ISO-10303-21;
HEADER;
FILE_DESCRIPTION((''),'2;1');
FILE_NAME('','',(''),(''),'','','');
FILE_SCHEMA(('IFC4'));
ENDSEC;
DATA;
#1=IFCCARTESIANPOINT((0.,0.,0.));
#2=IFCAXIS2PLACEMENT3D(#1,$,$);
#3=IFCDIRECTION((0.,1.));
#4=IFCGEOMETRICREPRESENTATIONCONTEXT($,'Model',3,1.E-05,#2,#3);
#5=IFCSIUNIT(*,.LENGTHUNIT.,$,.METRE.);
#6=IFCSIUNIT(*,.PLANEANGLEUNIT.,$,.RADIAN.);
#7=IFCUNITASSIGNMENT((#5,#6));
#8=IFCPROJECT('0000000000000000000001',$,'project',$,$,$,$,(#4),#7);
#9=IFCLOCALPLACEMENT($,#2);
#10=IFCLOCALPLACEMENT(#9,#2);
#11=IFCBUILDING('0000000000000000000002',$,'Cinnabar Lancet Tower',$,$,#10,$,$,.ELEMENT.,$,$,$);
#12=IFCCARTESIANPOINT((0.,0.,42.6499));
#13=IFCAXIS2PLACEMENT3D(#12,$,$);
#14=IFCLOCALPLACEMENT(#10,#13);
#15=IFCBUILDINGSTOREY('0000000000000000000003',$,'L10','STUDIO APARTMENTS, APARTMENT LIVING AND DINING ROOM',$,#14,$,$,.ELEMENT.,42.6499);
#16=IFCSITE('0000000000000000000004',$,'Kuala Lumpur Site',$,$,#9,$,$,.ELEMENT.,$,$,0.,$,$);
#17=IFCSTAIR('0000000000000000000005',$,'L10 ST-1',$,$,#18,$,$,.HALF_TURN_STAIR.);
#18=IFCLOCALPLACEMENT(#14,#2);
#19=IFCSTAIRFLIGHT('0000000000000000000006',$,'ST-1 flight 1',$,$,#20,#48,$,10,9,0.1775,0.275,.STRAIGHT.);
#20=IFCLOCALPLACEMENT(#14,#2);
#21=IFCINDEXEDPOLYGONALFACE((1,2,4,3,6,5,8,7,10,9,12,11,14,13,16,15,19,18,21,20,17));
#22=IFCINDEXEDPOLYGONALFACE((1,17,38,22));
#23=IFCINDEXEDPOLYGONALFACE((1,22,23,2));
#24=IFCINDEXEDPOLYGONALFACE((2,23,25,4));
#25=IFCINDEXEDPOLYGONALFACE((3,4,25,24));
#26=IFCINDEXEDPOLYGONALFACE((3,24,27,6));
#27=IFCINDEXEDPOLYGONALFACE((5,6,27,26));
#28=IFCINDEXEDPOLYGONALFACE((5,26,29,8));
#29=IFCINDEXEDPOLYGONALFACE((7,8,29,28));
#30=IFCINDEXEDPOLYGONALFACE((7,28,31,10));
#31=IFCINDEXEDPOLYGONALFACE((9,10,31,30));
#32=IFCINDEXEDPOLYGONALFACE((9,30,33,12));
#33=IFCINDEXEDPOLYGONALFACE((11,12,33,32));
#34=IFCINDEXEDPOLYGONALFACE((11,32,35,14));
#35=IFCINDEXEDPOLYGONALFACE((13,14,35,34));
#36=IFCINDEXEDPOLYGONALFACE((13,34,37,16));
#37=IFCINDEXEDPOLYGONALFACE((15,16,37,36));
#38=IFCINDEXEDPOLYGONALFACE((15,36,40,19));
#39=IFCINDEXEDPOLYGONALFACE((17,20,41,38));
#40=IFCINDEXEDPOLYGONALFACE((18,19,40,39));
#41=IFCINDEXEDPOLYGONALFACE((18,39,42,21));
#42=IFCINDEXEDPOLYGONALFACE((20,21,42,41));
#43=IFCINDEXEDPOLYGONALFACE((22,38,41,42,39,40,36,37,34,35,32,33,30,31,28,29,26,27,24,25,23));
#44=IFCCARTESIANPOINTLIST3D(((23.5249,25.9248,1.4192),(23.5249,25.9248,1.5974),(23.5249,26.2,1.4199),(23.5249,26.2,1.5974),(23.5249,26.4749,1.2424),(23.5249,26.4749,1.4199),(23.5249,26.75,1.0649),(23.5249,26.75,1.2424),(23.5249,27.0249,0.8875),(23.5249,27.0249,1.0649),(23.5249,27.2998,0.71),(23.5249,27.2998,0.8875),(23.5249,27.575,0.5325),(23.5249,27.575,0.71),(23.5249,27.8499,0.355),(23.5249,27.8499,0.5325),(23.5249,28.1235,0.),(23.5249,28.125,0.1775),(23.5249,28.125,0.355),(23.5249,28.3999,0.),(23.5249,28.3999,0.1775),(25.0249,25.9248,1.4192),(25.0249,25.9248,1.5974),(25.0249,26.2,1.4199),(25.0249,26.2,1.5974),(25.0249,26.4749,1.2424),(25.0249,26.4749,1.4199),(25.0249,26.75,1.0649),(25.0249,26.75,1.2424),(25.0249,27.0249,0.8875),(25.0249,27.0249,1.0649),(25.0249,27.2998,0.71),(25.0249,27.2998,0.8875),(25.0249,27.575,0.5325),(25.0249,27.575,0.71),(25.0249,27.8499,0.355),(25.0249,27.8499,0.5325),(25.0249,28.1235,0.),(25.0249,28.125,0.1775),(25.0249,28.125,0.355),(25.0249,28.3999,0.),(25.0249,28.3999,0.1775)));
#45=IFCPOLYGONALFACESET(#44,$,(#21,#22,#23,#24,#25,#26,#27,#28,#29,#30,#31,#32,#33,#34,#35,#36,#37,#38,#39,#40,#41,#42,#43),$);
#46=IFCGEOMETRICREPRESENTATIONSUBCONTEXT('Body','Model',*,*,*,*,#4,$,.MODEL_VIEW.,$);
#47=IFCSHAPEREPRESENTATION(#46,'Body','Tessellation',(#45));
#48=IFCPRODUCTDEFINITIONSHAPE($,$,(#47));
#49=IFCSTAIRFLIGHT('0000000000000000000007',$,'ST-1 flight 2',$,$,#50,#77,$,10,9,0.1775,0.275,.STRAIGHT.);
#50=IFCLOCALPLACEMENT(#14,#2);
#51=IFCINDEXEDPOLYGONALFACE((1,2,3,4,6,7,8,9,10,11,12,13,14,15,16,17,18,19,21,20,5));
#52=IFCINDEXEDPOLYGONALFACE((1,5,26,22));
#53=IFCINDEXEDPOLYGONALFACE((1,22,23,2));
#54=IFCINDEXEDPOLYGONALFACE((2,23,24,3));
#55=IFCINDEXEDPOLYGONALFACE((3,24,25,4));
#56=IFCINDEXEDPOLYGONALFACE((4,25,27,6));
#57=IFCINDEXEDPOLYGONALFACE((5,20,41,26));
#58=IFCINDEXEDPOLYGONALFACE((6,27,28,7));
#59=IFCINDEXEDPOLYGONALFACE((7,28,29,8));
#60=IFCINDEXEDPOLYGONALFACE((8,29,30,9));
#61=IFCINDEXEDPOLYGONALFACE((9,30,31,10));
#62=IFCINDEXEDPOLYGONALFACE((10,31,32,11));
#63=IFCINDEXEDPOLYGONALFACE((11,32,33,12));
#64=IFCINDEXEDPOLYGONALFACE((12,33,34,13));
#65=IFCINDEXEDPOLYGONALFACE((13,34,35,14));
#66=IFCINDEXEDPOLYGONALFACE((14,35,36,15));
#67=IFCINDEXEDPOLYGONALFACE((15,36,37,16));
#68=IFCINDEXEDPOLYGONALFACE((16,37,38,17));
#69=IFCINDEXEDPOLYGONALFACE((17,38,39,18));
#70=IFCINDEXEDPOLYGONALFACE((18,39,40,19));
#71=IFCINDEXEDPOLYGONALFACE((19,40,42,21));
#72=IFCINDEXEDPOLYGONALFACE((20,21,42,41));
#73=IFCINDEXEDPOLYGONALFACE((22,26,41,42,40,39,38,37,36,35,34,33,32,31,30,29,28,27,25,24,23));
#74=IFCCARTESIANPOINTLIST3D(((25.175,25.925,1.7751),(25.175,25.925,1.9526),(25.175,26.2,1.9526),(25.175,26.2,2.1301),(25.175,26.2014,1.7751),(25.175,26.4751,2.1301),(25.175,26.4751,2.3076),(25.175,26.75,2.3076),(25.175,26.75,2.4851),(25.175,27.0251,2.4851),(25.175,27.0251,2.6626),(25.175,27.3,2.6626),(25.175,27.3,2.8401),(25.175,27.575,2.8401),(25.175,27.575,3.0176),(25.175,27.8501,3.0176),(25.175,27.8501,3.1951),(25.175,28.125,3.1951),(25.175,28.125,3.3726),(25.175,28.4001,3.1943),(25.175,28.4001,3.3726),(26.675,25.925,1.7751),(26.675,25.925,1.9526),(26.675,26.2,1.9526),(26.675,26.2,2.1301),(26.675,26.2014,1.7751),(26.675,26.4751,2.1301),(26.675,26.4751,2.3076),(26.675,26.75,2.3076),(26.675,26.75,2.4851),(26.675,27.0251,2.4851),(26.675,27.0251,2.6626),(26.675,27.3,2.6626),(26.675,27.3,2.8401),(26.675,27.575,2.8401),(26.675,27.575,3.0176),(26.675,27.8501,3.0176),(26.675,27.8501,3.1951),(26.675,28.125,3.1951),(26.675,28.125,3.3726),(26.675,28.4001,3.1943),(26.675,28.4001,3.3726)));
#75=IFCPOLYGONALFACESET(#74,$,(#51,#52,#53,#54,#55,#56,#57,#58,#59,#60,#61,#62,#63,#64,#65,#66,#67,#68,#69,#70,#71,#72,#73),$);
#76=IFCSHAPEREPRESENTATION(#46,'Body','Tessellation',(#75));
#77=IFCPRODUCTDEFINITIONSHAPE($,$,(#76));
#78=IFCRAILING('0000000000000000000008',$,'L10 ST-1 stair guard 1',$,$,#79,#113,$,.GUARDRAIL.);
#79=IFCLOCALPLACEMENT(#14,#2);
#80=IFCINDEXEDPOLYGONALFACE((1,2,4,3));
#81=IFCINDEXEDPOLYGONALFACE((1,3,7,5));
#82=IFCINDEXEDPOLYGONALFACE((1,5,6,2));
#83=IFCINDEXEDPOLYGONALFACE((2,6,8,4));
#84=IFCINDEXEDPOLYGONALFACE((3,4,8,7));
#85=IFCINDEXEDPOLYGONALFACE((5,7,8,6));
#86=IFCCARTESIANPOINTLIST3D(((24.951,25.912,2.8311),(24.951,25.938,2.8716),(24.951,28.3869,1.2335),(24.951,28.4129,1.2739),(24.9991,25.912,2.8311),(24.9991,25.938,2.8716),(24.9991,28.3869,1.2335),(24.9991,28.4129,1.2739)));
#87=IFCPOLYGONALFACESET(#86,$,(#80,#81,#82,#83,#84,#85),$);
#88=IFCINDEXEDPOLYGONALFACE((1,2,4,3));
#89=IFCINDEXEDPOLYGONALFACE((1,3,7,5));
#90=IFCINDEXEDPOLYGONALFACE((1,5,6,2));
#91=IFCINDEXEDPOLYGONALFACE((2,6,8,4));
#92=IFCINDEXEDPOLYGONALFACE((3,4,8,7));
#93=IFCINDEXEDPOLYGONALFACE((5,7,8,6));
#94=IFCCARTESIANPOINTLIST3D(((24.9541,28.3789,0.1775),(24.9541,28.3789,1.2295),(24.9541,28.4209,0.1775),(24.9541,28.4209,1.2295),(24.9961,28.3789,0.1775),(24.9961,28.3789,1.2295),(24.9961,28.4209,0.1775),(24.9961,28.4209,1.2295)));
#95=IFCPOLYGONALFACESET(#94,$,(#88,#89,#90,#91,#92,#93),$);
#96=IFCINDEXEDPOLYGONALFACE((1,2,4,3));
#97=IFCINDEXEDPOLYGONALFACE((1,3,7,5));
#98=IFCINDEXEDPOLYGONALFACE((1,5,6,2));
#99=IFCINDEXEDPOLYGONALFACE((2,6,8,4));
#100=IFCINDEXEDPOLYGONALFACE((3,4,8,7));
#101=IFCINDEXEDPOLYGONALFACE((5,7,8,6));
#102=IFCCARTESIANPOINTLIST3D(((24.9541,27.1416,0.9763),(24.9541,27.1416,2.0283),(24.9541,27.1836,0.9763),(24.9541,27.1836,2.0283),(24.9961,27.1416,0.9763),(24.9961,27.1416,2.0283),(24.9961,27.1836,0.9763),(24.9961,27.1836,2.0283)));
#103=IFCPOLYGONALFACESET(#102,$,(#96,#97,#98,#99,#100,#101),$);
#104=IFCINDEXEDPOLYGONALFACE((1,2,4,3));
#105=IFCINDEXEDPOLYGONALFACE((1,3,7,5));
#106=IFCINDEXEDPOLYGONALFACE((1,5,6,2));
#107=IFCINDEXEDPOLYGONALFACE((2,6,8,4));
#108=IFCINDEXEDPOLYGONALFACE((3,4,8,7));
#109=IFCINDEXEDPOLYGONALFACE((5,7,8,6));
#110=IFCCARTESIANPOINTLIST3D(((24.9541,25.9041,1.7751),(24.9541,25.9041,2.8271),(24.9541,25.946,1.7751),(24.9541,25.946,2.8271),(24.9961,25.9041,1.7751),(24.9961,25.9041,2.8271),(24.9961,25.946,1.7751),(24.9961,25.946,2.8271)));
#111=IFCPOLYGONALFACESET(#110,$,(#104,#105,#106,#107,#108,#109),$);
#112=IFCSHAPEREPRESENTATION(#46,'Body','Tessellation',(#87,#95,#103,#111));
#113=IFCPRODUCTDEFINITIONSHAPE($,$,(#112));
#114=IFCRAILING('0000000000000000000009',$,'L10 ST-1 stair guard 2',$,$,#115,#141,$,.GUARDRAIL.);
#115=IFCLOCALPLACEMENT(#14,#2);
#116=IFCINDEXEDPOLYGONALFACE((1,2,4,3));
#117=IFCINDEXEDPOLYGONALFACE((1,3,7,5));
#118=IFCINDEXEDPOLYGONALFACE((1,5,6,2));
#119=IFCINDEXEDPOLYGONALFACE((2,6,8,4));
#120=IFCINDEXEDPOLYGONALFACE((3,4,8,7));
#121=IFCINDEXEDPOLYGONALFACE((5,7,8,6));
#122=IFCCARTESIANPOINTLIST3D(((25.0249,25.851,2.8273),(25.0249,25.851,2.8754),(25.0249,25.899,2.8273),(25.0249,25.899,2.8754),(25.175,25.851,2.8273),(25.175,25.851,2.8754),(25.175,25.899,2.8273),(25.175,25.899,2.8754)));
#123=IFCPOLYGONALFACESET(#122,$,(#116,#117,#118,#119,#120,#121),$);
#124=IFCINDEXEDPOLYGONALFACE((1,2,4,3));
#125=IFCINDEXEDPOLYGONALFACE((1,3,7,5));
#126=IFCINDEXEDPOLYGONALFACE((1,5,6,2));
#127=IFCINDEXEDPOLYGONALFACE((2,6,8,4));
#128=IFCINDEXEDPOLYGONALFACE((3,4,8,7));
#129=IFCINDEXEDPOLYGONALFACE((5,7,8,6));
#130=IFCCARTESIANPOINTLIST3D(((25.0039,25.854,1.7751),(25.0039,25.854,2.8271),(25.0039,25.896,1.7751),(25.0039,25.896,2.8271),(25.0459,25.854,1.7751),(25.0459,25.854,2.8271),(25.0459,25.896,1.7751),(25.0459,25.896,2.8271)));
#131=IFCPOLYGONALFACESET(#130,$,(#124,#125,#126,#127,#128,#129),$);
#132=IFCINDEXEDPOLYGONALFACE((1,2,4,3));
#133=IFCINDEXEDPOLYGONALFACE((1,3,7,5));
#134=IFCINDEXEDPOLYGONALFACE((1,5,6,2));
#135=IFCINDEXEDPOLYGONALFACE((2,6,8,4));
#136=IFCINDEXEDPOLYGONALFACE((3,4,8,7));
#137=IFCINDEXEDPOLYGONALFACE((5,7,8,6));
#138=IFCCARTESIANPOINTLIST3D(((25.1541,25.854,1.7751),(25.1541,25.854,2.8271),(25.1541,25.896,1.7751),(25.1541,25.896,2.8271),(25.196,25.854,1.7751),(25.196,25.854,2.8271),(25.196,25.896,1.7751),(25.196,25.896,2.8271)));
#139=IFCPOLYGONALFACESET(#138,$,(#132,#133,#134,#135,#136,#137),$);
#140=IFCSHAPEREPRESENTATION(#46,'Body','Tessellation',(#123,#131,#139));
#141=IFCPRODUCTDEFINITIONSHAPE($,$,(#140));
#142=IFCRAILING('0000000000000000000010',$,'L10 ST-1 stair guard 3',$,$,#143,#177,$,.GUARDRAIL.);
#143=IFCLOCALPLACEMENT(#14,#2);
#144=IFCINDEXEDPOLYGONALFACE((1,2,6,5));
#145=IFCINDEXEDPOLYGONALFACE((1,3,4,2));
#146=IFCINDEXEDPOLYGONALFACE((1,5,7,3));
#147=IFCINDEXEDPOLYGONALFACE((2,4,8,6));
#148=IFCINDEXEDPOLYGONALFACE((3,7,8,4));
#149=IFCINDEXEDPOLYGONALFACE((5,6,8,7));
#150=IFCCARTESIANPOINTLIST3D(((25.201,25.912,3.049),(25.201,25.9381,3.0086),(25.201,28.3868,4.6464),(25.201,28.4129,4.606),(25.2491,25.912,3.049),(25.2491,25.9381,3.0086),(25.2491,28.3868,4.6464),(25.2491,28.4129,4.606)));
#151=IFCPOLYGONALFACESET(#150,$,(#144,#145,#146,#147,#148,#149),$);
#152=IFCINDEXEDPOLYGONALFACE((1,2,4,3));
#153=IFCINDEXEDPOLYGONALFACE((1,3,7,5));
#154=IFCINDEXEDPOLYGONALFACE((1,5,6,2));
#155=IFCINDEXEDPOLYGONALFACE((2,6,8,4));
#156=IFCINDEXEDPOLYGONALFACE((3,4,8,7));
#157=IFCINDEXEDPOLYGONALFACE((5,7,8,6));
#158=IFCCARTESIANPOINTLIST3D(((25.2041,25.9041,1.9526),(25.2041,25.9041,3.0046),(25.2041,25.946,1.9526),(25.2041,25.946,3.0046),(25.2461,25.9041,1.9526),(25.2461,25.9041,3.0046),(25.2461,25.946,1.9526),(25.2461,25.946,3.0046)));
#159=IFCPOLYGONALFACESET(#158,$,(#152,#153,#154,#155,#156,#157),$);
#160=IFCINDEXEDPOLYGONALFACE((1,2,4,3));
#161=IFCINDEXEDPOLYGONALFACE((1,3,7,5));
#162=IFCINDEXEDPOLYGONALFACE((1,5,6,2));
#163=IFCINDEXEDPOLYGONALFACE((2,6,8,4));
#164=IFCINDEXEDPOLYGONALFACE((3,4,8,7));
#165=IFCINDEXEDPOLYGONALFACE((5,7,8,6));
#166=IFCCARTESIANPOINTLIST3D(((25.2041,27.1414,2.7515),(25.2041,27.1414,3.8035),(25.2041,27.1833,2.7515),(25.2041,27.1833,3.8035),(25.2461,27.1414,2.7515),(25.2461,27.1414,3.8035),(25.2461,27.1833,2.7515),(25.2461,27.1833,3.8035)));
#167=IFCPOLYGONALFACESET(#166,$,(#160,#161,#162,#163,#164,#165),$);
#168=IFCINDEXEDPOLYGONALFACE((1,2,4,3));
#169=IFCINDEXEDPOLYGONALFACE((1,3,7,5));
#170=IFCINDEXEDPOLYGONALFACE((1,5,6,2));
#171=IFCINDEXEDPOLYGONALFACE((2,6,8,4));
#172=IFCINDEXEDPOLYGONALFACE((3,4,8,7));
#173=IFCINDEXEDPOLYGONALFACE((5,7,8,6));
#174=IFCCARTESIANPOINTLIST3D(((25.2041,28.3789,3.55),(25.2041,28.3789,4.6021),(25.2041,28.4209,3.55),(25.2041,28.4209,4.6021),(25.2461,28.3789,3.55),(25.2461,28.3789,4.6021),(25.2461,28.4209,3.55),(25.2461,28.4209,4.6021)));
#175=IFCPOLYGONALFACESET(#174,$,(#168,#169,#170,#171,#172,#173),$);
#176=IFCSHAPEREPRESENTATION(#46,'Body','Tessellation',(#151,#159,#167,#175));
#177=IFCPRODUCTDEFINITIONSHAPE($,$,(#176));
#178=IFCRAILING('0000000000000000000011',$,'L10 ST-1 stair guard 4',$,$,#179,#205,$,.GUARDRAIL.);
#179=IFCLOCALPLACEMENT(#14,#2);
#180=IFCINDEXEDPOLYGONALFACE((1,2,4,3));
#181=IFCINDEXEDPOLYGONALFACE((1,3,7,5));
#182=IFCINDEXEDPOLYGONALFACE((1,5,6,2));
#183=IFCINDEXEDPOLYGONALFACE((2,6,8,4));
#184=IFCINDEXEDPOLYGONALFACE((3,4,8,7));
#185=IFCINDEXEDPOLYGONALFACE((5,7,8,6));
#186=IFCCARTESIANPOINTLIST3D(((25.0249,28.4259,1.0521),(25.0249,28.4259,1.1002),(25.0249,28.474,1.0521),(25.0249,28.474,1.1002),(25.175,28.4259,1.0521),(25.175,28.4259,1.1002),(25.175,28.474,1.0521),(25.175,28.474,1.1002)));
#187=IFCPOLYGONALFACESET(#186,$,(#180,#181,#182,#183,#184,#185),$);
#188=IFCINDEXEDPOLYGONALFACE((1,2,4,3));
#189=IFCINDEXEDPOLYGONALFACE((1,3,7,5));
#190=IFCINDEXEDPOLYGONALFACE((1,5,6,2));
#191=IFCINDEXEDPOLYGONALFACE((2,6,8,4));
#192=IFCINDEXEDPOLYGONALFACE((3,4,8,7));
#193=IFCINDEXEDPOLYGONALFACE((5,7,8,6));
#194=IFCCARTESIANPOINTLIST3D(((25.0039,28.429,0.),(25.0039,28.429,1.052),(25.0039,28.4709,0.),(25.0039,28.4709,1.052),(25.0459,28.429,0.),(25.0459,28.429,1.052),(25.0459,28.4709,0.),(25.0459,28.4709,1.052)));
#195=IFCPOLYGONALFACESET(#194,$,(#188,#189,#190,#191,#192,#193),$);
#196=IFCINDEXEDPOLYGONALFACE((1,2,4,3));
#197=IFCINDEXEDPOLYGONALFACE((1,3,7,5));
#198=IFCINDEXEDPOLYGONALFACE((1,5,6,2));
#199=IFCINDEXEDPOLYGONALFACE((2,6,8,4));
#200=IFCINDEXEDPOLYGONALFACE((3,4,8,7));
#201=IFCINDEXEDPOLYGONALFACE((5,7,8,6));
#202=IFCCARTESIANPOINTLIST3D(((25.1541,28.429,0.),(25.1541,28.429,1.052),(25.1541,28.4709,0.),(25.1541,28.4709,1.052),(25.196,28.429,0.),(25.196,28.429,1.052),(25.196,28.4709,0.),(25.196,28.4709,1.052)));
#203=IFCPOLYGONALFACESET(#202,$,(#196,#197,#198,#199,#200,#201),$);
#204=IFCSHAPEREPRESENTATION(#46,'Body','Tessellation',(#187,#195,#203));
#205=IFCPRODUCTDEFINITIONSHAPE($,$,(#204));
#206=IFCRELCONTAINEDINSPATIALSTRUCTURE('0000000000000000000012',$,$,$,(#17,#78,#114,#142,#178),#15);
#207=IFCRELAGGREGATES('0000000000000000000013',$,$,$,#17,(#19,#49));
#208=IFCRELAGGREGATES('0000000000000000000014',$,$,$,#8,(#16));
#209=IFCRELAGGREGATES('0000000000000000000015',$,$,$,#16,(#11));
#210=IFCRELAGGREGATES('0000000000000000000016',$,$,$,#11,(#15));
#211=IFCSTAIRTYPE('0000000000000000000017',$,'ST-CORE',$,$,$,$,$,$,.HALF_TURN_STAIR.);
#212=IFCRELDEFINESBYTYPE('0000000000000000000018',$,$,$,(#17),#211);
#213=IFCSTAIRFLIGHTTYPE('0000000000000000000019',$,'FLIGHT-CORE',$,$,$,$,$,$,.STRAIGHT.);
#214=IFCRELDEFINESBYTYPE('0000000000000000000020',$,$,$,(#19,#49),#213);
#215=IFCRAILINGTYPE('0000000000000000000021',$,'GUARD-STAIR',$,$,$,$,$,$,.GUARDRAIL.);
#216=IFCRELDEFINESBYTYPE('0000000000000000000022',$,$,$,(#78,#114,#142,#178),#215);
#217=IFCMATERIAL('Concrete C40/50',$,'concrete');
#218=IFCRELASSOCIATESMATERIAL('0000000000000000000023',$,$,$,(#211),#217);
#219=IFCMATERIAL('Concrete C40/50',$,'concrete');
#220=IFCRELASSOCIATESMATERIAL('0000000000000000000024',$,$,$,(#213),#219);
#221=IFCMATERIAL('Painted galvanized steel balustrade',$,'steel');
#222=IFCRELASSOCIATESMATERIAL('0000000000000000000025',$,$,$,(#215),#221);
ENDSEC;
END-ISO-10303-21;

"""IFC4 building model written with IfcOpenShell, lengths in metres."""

from ifc_helpers import new_model, si_unit, direction, frame, origin, origin_2d, place, context, subcontext, project, spatial, polyline, rectangle, outline, extrude, material, type_object, element, aggregate, save


model = new_model("IFC4")

# Units and contexts
model_context = context("Model", 3, precision=1e-05, world=origin(), true_north=direction((0.0, 1.0)))
body_context = subcontext(model_context, "Body", "Model", "MODEL_VIEW")
ifc_project = project(units=[si_unit("LENGTHUNIT", "METRE"), si_unit("PLANEANGLEUNIT", "RADIAN")], contexts=[model_context])

# Site, building, storey
site_placement = place(None, origin())
site = spatial("IfcSite", under=ifc_project, at=site_placement, Name="Kuala Lumpur Site", CompositionType="ELEMENT", RefElevation=0.0)
building_placement = place(site_placement, origin())
building = spatial("IfcBuilding", under=site, at=building_placement, Name="Cinnabar Lancet Tower", CompositionType="ELEMENT")
storey_placement = place(building_placement, frame((0.0, 0.0, 42.6499)))
storey = spatial("IfcBuildingStorey", under=building, at=storey_placement, Name="L10", Description="STUDIO APARTMENTS, APARTMENT LIVING AND DINING ROOM", CompositionType="ELEMENT", Elevation=42.6499)

# Stair, stair flights
ifc_material_1 = material(Name="Concrete C40/50", Category="concrete")
stair_type = type_object("IfcStairType", Name="ST-CORE", PredefinedType="HALF_TURN_STAIR", material=ifc_material_1)
stair_placement = place(storey_placement, origin())
stair = element("IfcStair", 1, at=stair_placement, inside=storey, type_object=stair_type, Name="L10 ST-1", PredefinedType="HALF_TURN_STAIR")
ifc_material_2 = material(Name="Concrete C40/50", Category="concrete")
stair_flight_type = type_object("IfcStairFlightType", Name="FLIGHT-CORE", PredefinedType="STRAIGHT", material=ifc_material_2)
stair_flight_1_placement = place(storey_placement, frame((24.2749, 28.3999, 0.0), z_axis=(0.0, 0.0, 1.0), x_axis=(0.0, -1.0, 0.0)))
stair_flight_1 = element("IfcStairFlight", 2, at=stair_flight_1_placement, type_object=stair_flight_type, Name="ST-1 flight 1", NumberOfRisers=10, NumberOfTreads=9, PredefinedType="STRAIGHT", RiserHeight=0.1775, TreadLength=0.275, context=body_context, shape_type="SweptSolid", body=[
    extrude(outline(polyline([(0.0, 0.0), (0.0, 0.1775), (0.2749, 0.1775), (0.2749, 0.355), (0.55, 0.355), (0.55, 0.5325), (0.825, 0.5325), (0.825, 0.71), (1.1001, 0.71), (1.1001, 0.8875), (1.375, 0.8875), (1.375, 1.0649), (1.6499, 1.0649), (1.6499, 1.2424), (1.925, 1.2424), (1.925, 1.4199), (2.2, 1.4199), (2.2, 1.5974), (2.4751, 1.5974), (2.4751, 1.7749), (2.4751, 1.4192), (0.2764, 0.0), (0.0, 0.0)])), frame((0.0, 0.75, 0.0), z_axis=(0.0, -1.0, 0.0), x_axis=(1.0, 0.0, 0.0)), (0.0, 0.0, 1.0), 1.5),
])
stair_flight_2_placement = place(storey_placement, frame((25.925, 25.925, 1.7751), z_axis=(0.0, 0.0, 1.0), x_axis=(0.0, 1.0, 0.0)))
stair_flight_2 = element("IfcStairFlight", 3, at=stair_flight_2_placement, type_object=stair_flight_type, Name="ST-1 flight 2", NumberOfRisers=10, NumberOfTreads=9, PredefinedType="STRAIGHT", RiserHeight=0.1775, TreadLength=0.275, context=body_context, shape_type="SweptSolid", body=[
    extrude(outline(polyline([(0.0, 0.0), (0.0, 0.1775), (0.2749, 0.1775), (0.2749, 0.355), (0.55, 0.355), (0.55, 0.5325), (0.825, 0.5325), (0.825, 0.71), (1.1001, 0.71), (1.1001, 0.8875), (1.375, 0.8875), (1.375, 1.0649), (1.6499, 1.0649), (1.6499, 1.2424), (1.925, 1.2424), (1.925, 1.4199), (2.2, 1.4199), (2.2, 1.5974), (2.4751, 1.5974), (2.4751, 1.7749), (2.4751, 1.4192), (0.2764, 0.0), (0.0, 0.0)])), frame((0.0, 0.75, 0.0), z_axis=(0.0, -1.0, 0.0), x_axis=(1.0, 0.0, 0.0)), (0.0, 0.0, 1.0), 1.5),
])
aggregate(stair, [stair_flight_1, stair_flight_2])

# Railings
ifc_material_3 = material(Name="Painted galvanized steel balustrade", Category="steel")
railing_type_1 = type_object("IfcRailingType", Name="GUARD-STAIR", PredefinedType="GUARDRAIL", material=ifc_material_3)
railing_1_placement = place(storey_placement, frame((24.9751, 28.3999, 0.1775)))
element("IfcRailing", 4, at=railing_1_placement, inside=storey, type_object=railing_type_1, Name="L10 ST-1 stair guard 1", PredefinedType="GUARDRAIL", context=body_context, shape_type="SweptSolid", body=[
    extrude(rectangle(XDim=0.0481, YDim=0.0481, at=origin_2d()), frame((0.0, 0.0, 1.0762), z_axis=(0.0, -0.840146, 0.542361), x_axis=(1.0, 0.0, 0.0)), (0.0, 0.0, 1.0), 2.9458),
    extrude(rectangle(XDim=0.042, YDim=0.042, at=origin_2d()), origin(), (0.0, 0.0, 1.0), 1.052),
    extrude(rectangle(XDim=0.042, YDim=0.042, at=origin_2d()), frame((0.0, -1.2373, 0.7988)), (0.0, 0.0, 1.0), 1.052),
    extrude(rectangle(XDim=0.042, YDim=0.042, at=origin_2d()), frame((0.0, -2.4749, 1.5977)), (0.0, 0.0, 1.0), 1.052),
])
railing_2_placement = place(storey_placement, frame((25.0249, 25.875, 1.7751)))
element("IfcRailing", 5, at=railing_2_placement, inside=storey, type_object=railing_type_1, Name="L10 ST-1 stair guard 2", PredefinedType="GUARDRAIL", context=body_context, shape_type="SweptSolid", body=[
    extrude(rectangle(XDim=0.0481, YDim=0.0481, at=origin_2d()), frame((0.0, 0.0, 1.0762), z_axis=(1.0, 0.0, 0.0), x_axis=(0.0, 1.0, 0.0)), (0.0, 0.0, 1.0), 0.1501),
    extrude(rectangle(XDim=0.042, YDim=0.042, at=origin_2d()), origin(), (0.0, 0.0, 1.0), 1.052),
    extrude(rectangle(XDim=0.042, YDim=0.042, at=origin_2d()), frame((0.1501, 0.0, 0.0)), (0.0, 0.0, 1.0), 1.052),
])
railing_3_placement = place(storey_placement, frame((25.2251, 25.925, 1.9526)))
element("IfcRailing", 6, at=railing_3_placement, inside=storey, type_object=railing_type_1, Name="L10 ST-1 stair guard 3", PredefinedType="GUARDRAIL", context=body_context, shape_type="SweptSolid", body=[
    extrude(rectangle(XDim=0.0481, YDim=0.0481, at=origin_2d()), frame((0.0, 0.0, 1.0762), z_axis=(0.0, 0.840183, 0.542302), x_axis=(-1.0, 0.0, 0.0)), (0.0, 0.0, 1.0), 2.9456),
    extrude(rectangle(XDim=0.042, YDim=0.042, at=origin_2d()), origin(), (0.0, 0.0, 1.0), 1.052),
    extrude(rectangle(XDim=0.042, YDim=0.042, at=origin_2d()), frame((0.0, 1.2373, 0.7988)), (0.0, 0.0, 1.0), 1.052),
    extrude(rectangle(XDim=0.042, YDim=0.042, at=origin_2d()), frame((0.0, 2.4749, 1.5974)), (0.0, 0.0, 1.0), 1.052),
])
railing_4_placement = place(storey_placement, frame((25.0249, 28.45, 0.0)))
element("IfcRailing", 7, at=railing_4_placement, inside=storey, type_object=railing_type_1, Name="L10 ST-1 stair guard 4", PredefinedType="GUARDRAIL", context=body_context, shape_type="SweptSolid", body=[
    extrude(rectangle(XDim=0.0481, YDim=0.0481, at=origin_2d()), frame((0.0, 0.0, 1.0762), z_axis=(1.0, 0.0, 0.0), x_axis=(0.0, 1.0, 0.0)), (0.0, 0.0, 1.0), 0.1501),
    extrude(rectangle(XDim=0.042, YDim=0.042, at=origin_2d()), origin(), (0.0, 0.0, 1.0), 1.052),
    extrude(rectangle(XDim=0.042, YDim=0.042, at=origin_2d()), frame((0.1501, 0.0, 0.0)), (0.0, 0.0, 1.0), 1.052),
])

save(model, "model.ifc")
